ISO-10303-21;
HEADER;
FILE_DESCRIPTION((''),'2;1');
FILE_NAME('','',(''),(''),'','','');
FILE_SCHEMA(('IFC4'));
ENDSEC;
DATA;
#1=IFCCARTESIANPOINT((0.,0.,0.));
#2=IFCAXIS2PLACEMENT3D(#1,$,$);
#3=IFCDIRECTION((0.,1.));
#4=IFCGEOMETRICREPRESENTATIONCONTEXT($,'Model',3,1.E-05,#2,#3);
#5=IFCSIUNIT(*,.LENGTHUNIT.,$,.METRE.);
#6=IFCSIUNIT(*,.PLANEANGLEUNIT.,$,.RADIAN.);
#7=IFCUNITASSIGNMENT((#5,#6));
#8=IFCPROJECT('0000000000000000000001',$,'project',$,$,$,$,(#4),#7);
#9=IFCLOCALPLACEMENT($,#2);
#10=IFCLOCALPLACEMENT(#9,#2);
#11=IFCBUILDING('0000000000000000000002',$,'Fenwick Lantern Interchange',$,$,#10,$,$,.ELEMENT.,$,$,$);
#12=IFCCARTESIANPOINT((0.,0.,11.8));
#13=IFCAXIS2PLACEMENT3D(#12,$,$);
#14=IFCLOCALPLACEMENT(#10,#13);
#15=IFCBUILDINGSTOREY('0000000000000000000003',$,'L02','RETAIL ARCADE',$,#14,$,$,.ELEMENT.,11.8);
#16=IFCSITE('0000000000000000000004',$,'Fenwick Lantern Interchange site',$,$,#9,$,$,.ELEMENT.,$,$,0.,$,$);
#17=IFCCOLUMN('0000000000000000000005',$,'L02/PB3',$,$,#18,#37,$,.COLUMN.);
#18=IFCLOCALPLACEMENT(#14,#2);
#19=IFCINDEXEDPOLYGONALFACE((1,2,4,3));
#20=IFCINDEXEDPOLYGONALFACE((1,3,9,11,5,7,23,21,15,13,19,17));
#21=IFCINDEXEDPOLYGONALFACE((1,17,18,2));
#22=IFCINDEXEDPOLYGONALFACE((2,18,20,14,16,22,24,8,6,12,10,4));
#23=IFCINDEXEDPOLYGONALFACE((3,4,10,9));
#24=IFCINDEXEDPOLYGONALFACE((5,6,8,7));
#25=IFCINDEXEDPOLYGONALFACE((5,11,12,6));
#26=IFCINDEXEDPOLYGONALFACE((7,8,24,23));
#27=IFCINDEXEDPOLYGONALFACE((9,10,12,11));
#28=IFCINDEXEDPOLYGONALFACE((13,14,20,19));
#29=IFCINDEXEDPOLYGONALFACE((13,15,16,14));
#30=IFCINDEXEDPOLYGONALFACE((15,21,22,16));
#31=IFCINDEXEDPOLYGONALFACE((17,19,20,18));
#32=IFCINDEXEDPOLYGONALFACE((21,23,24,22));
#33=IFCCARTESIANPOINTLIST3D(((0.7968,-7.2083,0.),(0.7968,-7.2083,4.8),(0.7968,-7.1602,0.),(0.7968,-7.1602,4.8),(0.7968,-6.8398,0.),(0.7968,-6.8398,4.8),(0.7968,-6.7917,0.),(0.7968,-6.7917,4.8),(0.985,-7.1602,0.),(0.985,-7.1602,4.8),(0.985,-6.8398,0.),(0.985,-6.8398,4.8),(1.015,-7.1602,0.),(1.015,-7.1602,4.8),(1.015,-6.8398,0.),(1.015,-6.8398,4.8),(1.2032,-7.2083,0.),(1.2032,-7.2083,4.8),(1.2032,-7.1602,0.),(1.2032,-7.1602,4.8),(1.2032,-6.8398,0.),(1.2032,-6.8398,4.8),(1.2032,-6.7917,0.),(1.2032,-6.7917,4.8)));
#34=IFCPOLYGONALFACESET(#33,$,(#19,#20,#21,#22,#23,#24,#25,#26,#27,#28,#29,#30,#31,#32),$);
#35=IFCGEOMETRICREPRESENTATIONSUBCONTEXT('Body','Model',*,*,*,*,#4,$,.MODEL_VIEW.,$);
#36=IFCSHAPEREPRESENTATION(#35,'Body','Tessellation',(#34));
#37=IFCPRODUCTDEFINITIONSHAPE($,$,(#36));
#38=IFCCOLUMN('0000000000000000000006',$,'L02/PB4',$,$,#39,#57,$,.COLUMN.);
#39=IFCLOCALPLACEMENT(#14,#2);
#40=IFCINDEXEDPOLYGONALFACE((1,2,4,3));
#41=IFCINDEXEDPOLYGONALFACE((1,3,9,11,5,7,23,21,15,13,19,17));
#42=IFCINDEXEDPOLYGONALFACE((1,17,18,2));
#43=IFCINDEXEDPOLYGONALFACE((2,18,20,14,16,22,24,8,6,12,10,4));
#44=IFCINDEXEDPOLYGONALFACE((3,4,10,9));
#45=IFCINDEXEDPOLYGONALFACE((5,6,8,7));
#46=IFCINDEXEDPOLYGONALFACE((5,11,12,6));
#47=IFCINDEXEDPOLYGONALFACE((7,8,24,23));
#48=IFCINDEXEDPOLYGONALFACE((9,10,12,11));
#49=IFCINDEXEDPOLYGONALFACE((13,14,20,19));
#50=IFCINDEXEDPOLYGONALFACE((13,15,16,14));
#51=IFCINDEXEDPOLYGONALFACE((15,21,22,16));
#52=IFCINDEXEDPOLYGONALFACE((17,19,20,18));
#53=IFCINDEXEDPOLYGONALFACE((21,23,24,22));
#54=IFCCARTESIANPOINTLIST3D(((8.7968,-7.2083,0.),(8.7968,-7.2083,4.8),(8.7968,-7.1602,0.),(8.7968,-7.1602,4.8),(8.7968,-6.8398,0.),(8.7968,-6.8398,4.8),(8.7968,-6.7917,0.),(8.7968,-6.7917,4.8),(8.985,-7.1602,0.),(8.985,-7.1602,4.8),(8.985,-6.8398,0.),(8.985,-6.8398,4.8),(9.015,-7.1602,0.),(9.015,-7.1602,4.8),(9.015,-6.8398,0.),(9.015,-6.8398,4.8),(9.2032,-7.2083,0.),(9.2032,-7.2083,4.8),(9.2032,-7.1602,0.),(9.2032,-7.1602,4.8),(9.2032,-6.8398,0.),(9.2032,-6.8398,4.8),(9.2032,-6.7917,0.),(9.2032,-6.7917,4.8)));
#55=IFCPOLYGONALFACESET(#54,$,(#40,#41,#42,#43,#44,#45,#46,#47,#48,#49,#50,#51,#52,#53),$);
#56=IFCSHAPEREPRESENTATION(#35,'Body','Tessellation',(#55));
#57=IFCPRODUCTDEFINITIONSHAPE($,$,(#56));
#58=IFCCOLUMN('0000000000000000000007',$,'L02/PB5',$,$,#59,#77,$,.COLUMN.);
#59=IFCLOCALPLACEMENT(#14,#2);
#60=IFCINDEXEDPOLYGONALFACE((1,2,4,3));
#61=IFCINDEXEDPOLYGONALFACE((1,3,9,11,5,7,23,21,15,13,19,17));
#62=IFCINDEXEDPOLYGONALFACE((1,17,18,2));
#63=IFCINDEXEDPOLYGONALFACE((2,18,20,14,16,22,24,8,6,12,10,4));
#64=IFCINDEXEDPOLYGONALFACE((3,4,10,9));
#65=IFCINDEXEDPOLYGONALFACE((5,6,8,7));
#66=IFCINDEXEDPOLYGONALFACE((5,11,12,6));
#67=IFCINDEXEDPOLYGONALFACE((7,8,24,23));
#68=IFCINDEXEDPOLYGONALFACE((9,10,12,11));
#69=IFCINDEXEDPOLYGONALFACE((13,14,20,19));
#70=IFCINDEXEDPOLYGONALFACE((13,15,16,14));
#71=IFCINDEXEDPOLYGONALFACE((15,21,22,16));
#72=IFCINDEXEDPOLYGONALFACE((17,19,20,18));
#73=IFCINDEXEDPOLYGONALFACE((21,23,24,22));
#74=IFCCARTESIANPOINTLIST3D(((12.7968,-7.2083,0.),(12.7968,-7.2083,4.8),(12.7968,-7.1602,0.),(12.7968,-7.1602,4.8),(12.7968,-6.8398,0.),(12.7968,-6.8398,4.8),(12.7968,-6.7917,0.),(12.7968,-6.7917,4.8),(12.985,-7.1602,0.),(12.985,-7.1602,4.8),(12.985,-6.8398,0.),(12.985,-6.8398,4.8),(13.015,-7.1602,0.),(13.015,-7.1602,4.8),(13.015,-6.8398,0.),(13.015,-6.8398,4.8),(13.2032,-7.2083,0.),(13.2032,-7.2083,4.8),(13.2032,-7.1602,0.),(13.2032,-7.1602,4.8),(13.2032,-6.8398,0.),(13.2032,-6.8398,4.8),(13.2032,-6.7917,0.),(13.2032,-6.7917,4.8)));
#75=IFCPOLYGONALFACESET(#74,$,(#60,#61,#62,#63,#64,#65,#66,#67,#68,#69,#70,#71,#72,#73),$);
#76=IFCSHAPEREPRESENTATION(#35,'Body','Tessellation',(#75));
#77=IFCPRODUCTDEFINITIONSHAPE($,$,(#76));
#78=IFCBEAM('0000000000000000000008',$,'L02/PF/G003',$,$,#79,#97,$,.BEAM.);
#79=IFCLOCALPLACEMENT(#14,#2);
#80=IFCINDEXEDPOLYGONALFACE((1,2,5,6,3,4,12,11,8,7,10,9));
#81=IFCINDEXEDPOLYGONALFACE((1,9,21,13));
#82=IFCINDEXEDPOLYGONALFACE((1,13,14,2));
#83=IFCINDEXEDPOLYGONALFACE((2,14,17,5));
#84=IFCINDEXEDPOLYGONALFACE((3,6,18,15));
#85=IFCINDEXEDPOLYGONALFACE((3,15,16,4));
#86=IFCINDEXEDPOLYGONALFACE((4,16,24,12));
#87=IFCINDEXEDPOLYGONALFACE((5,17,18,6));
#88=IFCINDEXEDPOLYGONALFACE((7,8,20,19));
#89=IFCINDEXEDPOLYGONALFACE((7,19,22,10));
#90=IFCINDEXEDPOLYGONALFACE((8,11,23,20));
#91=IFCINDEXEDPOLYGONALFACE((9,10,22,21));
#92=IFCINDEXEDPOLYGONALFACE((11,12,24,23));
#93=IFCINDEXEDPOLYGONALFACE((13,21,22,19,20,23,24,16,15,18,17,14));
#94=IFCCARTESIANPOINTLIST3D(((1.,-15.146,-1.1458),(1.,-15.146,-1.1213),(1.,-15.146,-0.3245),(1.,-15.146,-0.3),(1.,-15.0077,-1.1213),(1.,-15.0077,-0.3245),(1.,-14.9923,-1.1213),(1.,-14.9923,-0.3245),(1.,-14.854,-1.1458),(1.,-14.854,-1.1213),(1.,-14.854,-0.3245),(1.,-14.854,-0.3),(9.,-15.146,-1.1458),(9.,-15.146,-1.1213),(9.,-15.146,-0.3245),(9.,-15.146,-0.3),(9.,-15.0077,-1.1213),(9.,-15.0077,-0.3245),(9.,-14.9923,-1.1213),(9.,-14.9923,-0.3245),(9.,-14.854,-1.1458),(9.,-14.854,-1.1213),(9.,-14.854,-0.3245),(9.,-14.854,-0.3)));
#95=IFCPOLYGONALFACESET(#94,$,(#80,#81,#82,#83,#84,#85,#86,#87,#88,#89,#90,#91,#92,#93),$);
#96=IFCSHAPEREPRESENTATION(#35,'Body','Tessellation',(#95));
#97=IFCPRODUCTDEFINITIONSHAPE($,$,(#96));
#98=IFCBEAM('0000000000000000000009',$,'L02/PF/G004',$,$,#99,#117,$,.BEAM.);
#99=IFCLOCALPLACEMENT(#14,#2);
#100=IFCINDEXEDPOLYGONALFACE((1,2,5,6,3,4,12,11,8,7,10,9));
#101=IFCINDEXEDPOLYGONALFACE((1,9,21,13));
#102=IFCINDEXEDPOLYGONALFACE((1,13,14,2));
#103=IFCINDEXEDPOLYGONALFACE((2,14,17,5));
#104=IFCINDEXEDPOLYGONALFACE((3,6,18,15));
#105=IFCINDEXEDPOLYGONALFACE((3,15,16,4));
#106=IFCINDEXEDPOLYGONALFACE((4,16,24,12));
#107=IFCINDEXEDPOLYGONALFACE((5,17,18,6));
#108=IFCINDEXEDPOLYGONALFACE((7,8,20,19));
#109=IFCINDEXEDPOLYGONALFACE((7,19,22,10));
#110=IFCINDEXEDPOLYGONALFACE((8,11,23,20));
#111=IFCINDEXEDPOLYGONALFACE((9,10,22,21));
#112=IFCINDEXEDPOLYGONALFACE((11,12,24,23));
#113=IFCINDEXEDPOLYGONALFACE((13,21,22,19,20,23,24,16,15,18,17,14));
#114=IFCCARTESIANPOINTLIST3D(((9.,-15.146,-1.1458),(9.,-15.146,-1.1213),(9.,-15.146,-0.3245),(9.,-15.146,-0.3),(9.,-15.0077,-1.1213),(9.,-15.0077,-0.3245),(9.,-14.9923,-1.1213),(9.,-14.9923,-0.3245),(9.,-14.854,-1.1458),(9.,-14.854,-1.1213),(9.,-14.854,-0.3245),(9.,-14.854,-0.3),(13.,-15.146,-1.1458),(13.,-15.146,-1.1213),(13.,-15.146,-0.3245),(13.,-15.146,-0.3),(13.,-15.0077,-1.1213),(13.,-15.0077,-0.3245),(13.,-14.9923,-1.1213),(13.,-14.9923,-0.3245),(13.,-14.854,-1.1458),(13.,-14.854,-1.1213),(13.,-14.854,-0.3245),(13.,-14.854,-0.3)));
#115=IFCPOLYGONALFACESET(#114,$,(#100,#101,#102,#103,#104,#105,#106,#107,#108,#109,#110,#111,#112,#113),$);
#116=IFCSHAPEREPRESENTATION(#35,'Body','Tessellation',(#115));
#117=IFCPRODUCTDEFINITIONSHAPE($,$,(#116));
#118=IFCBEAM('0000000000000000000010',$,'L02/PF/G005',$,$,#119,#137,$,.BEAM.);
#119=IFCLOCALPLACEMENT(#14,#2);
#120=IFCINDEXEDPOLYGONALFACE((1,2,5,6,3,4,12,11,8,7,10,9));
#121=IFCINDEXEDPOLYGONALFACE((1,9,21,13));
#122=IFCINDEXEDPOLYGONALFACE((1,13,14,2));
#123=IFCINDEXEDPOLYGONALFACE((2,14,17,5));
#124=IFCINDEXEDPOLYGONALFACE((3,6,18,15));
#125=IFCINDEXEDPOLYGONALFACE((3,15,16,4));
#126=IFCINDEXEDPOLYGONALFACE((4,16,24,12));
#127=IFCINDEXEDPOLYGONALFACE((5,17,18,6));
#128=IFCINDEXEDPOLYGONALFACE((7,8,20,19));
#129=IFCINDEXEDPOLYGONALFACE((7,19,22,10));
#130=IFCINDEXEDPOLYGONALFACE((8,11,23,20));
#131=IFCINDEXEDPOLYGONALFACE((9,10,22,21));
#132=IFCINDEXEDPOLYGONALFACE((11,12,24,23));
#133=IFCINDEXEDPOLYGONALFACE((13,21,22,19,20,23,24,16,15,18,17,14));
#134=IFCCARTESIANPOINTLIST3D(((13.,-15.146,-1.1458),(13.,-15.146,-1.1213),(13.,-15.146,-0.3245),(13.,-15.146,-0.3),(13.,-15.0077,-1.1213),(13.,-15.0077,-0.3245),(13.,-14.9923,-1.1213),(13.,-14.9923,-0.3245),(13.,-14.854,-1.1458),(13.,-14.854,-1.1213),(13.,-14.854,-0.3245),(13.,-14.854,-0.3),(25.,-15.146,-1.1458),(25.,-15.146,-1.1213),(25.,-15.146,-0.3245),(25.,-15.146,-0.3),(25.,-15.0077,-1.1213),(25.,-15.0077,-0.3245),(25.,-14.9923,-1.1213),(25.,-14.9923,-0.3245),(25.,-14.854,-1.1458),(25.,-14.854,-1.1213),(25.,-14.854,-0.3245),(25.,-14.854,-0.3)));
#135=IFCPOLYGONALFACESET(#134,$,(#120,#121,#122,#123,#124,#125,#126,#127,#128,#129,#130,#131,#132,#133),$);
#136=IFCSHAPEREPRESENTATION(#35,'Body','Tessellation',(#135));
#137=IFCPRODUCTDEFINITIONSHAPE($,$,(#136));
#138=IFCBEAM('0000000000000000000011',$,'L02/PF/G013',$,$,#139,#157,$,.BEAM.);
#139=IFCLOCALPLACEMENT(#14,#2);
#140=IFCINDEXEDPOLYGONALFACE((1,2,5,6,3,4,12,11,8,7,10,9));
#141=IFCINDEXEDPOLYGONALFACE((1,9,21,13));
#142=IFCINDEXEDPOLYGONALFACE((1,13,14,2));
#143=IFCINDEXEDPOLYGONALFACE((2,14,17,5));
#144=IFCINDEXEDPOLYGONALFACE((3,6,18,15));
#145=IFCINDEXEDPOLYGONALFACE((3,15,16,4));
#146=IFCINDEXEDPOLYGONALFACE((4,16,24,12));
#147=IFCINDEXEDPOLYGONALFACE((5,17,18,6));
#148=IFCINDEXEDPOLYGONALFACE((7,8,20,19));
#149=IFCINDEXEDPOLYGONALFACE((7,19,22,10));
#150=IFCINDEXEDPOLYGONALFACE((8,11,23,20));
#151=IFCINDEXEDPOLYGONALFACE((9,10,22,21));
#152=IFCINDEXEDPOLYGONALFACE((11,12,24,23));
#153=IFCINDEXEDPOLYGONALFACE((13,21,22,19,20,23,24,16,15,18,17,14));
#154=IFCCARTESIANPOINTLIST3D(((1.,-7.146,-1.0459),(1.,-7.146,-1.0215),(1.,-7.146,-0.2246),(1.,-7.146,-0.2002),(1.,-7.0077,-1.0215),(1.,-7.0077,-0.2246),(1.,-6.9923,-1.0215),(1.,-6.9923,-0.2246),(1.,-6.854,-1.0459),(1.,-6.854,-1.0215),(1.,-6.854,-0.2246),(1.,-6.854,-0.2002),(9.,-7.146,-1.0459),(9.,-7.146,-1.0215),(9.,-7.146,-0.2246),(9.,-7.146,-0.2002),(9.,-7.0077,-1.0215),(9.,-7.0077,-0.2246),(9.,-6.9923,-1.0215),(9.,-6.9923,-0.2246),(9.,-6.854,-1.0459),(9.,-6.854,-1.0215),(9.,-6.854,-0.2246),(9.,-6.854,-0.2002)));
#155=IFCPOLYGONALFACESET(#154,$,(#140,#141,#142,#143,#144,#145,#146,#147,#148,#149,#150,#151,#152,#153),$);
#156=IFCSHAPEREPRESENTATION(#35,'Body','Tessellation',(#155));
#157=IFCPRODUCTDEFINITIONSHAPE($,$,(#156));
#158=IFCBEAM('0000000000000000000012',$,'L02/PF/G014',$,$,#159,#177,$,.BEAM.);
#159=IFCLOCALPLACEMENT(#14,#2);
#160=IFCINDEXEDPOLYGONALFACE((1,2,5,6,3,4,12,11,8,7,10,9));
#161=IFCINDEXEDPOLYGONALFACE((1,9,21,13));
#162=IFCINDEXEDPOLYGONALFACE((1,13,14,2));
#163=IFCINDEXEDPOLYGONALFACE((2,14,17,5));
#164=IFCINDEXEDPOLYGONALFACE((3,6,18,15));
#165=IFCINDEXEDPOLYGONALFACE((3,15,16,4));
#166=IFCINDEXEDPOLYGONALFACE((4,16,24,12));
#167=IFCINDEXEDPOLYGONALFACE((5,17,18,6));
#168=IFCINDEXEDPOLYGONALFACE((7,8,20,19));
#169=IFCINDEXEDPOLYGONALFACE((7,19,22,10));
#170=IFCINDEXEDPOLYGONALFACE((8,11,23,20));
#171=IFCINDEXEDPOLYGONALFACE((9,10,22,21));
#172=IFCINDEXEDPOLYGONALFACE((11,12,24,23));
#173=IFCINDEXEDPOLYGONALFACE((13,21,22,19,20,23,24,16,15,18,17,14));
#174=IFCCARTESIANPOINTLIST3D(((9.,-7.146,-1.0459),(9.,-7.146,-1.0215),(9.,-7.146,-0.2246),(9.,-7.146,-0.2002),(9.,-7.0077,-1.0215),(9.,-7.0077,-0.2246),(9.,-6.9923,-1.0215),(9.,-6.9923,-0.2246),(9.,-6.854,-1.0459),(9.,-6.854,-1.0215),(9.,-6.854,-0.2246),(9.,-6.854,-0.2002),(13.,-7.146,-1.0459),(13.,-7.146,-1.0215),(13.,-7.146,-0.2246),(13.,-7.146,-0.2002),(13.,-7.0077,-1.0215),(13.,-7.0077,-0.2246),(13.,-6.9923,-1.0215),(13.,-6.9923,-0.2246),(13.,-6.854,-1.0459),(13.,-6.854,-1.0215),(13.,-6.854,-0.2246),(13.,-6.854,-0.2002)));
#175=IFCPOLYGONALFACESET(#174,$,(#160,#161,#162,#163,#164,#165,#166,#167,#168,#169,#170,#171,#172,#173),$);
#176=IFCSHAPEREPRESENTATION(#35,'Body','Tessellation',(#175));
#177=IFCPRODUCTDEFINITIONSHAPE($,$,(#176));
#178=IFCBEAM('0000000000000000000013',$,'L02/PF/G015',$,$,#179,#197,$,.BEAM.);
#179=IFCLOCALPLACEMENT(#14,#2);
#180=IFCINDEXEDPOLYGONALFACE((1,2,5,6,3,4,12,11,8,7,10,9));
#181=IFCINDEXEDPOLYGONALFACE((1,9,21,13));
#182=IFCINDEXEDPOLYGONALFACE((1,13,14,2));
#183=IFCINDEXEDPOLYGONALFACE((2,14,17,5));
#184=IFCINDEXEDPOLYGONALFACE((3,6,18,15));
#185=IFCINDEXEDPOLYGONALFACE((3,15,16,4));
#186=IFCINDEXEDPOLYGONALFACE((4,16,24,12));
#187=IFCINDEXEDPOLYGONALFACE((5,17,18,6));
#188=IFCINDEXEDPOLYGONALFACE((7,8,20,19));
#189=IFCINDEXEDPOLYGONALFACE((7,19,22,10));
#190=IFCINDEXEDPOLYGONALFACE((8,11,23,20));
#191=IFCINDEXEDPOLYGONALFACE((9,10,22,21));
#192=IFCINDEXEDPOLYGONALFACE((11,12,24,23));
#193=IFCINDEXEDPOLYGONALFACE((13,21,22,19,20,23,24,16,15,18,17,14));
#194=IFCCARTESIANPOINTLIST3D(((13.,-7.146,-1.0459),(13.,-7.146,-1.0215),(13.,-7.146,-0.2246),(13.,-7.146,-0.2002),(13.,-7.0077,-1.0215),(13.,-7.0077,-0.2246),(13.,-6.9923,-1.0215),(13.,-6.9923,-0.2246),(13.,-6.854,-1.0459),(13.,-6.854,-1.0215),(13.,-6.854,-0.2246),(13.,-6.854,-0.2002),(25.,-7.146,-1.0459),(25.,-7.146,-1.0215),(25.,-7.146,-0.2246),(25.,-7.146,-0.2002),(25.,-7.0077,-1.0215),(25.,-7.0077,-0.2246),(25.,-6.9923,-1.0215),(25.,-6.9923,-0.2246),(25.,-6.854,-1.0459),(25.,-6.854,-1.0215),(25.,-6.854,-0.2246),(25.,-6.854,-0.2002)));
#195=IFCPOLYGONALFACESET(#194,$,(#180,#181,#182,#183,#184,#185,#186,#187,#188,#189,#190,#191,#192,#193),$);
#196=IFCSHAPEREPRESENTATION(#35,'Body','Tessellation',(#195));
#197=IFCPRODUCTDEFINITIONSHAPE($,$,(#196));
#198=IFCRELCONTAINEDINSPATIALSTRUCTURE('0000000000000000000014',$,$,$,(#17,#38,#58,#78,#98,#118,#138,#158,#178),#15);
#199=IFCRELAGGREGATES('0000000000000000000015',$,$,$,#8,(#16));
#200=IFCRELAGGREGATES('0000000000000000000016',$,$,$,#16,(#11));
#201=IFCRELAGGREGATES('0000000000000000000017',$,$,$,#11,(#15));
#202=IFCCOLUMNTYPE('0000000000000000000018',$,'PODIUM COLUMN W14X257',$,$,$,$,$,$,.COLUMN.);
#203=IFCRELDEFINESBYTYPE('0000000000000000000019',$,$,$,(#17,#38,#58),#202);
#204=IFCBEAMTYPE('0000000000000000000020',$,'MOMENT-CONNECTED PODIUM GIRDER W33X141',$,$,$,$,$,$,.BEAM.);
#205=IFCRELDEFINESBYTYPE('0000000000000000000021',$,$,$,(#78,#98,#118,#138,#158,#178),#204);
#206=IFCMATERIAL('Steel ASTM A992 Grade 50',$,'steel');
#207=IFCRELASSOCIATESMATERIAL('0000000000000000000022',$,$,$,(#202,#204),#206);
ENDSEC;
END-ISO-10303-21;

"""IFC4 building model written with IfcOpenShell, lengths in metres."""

from ifc_helpers import new_model, si_unit, direction, frame, origin, origin_2d, place, context, subcontext, project, spatial, i_section, extrude, material, material_profile, profile_set, type_object, element, save


model = new_model("IFC4")

# Units and contexts
model_context = context("Model", 3, precision=1e-05, world=origin(), true_north=direction((0.0, 1.0)))
body_context = subcontext(model_context, "Body", "Model", "MODEL_VIEW")
ifc_project = project(units=[si_unit("LENGTHUNIT", "METRE"), si_unit("PLANEANGLEUNIT", "RADIAN")], contexts=[model_context])

# Site, building, storey
site_placement = place(None, origin())
site = spatial("IfcSite", under=ifc_project, at=site_placement, Name="Fenwick Lantern Interchange site", CompositionType="ELEMENT", RefElevation=0.0)
building_placement = place(site_placement, origin())
building = spatial("IfcBuilding", under=site, at=building_placement, Name="Fenwick Lantern Interchange", CompositionType="ELEMENT")
storey_placement = place(building_placement, frame((0.0, 0.0, 11.8)))
storey = spatial("IfcBuildingStorey", under=building, at=storey_placement, Name="L02", Description="RETAIL ARCADE", CompositionType="ELEMENT", Elevation=11.8)

# Columns
ifc_material_1 = material(Name="Steel ASTM A992 Grade 50", Category="steel")
ifc_material_profile_1 = material_profile(ifc_material_1, i_section(OverallWidth=0.4065, OverallDepth=0.4165, WebThickness=0.03, FlangeThickness=0.0481, at=origin_2d()), Name="W14X257")
ifc_profile_set_1 = profile_set([ifc_material_profile_1], Name="Steel ASTM A992 Grade 50")
column_type = type_object("IfcColumnType", Name="PODIUM COLUMN W14X257", PredefinedType="COLUMN", material=ifc_profile_set_1)
for number, where, z_axis, x_axis, name in (
    (1, (1.0, -7.0, 0.0), (0.0, 0.0, 1.0), (1.0, 0.0, 0.0), "L02/PB3"),
    (2, (9.0, -7.0, 0.0), (0.0, 0.0, 1.0), (1.0, 0.0, 0.0), "L02/PB4"),
    (3, (13.0, -7.0, 0.0), (0.0, 0.0, 1.0), (1.0, 0.0, 0.0), "L02/PB5"),
):
    element("IfcColumn", number, at=place(storey_placement, frame(where, z_axis=z_axis, x_axis=x_axis)), inside=storey, type_object=column_type, Name=name, PredefinedType="COLUMN", context=body_context, shape_type="SweptSolid", body=[
        extrude(i_section(OverallWidth=0.4065, OverallDepth=0.4165, WebThickness=0.03, FlangeThickness=0.0481, at=origin_2d()), origin(), (0.0, 0.0, 1.0), 4.8),
    ])

# Beams
ifc_material_profile_2 = material_profile(ifc_material_1, i_section(OverallWidth=0.292, OverallDepth=0.8457, WebThickness=0.0154, FlangeThickness=0.0244, at=origin_2d()), Name="W33X141")
ifc_profile_set_2 = profile_set([ifc_material_profile_2], Name="Steel ASTM A992 Grade 50")
beam_type_1 = type_object("IfcBeamType", Name="MOMENT-CONNECTED PODIUM GIRDER W33X141", PredefinedType="BEAM", material=ifc_profile_set_2)
beam_1_placement = place(storey_placement, frame((1.0, -15.0, -0.7229), z_axis=(1.0, 0.0, 0.0), x_axis=(0.0, 1.0, 0.0)))
element("IfcBeam", 4, at=beam_1_placement, inside=storey, type_object=beam_type_1, Name="L02/PF/G003", PredefinedType="BEAM", context=body_context, shape_type="SweptSolid", body=[
    extrude(i_section(OverallWidth=0.292, OverallDepth=0.8457, WebThickness=0.0154, FlangeThickness=0.0244, at=origin_2d()), origin(), (0.0, 0.0, 1.0), 8.0),
])
beam_2_placement = place(storey_placement, frame((9.0, -15.0, -0.7229), z_axis=(1.0, 0.0, 0.0), x_axis=(0.0, 1.0, 0.0)))
element("IfcBeam", 5, at=beam_2_placement, inside=storey, type_object=beam_type_1, Name="L02/PF/G004", PredefinedType="BEAM", context=body_context, shape_type="SweptSolid", body=[
    extrude(i_section(OverallWidth=0.292, OverallDepth=0.8457, WebThickness=0.0154, FlangeThickness=0.0244, at=origin_2d()), origin(), (0.0, 0.0, 1.0), 4.0),
])
beam_3_placement = place(storey_placement, frame((13.0, -15.0, -0.7229), z_axis=(1.0, 0.0, 0.0), x_axis=(0.0, 1.0, 0.0)))
element("IfcBeam", 6, at=beam_3_placement, inside=storey, type_object=beam_type_1, Name="L02/PF/G005", PredefinedType="BEAM", context=body_context, shape_type="SweptSolid", body=[
    extrude(i_section(OverallWidth=0.292, OverallDepth=0.8457, WebThickness=0.0154, FlangeThickness=0.0244, at=origin_2d()), origin(), (0.0, 0.0, 1.0), 12.0),
])
beam_4_placement = place(storey_placement, frame((1.0, -7.0, -0.623), z_axis=(1.0, 0.0, 0.0), x_axis=(0.0, 1.0, 0.0)))
element("IfcBeam", 7, at=beam_4_placement, inside=storey, type_object=beam_type_1, Name="L02/PF/G013", PredefinedType="BEAM", context=body_context, shape_type="SweptSolid", body=[
    extrude(i_section(OverallWidth=0.292, OverallDepth=0.8457, WebThickness=0.0154, FlangeThickness=0.0244, at=origin_2d()), origin(), (0.0, 0.0, 1.0), 8.0),
])
beam_5_placement = place(storey_placement, frame((9.0, -7.0, -0.623), z_axis=(1.0, 0.0, 0.0), x_axis=(0.0, 1.0, 0.0)))
element("IfcBeam", 8, at=beam_5_placement, inside=storey, type_object=beam_type_1, Name="L02/PF/G014", PredefinedType="BEAM", context=body_context, shape_type="SweptSolid", body=[
    extrude(i_section(OverallWidth=0.292, OverallDepth=0.8457, WebThickness=0.0154, FlangeThickness=0.0244, at=origin_2d()), origin(), (0.0, 0.0, 1.0), 4.0),
])
beam_6_placement = place(storey_placement, frame((13.0, -7.0, -0.623), z_axis=(1.0, 0.0, 0.0), x_axis=(0.0, 1.0, 0.0)))
element("IfcBeam", 9, at=beam_6_placement, inside=storey, type_object=beam_type_1, Name="L02/PF/G015", PredefinedType="BEAM", context=body_context, shape_type="SweptSolid", body=[
    extrude(i_section(OverallWidth=0.292, OverallDepth=0.8457, WebThickness=0.0154, FlangeThickness=0.0244, at=origin_2d()), origin(), (0.0, 0.0, 1.0), 12.0),
])

save(model, "model.ifc")
